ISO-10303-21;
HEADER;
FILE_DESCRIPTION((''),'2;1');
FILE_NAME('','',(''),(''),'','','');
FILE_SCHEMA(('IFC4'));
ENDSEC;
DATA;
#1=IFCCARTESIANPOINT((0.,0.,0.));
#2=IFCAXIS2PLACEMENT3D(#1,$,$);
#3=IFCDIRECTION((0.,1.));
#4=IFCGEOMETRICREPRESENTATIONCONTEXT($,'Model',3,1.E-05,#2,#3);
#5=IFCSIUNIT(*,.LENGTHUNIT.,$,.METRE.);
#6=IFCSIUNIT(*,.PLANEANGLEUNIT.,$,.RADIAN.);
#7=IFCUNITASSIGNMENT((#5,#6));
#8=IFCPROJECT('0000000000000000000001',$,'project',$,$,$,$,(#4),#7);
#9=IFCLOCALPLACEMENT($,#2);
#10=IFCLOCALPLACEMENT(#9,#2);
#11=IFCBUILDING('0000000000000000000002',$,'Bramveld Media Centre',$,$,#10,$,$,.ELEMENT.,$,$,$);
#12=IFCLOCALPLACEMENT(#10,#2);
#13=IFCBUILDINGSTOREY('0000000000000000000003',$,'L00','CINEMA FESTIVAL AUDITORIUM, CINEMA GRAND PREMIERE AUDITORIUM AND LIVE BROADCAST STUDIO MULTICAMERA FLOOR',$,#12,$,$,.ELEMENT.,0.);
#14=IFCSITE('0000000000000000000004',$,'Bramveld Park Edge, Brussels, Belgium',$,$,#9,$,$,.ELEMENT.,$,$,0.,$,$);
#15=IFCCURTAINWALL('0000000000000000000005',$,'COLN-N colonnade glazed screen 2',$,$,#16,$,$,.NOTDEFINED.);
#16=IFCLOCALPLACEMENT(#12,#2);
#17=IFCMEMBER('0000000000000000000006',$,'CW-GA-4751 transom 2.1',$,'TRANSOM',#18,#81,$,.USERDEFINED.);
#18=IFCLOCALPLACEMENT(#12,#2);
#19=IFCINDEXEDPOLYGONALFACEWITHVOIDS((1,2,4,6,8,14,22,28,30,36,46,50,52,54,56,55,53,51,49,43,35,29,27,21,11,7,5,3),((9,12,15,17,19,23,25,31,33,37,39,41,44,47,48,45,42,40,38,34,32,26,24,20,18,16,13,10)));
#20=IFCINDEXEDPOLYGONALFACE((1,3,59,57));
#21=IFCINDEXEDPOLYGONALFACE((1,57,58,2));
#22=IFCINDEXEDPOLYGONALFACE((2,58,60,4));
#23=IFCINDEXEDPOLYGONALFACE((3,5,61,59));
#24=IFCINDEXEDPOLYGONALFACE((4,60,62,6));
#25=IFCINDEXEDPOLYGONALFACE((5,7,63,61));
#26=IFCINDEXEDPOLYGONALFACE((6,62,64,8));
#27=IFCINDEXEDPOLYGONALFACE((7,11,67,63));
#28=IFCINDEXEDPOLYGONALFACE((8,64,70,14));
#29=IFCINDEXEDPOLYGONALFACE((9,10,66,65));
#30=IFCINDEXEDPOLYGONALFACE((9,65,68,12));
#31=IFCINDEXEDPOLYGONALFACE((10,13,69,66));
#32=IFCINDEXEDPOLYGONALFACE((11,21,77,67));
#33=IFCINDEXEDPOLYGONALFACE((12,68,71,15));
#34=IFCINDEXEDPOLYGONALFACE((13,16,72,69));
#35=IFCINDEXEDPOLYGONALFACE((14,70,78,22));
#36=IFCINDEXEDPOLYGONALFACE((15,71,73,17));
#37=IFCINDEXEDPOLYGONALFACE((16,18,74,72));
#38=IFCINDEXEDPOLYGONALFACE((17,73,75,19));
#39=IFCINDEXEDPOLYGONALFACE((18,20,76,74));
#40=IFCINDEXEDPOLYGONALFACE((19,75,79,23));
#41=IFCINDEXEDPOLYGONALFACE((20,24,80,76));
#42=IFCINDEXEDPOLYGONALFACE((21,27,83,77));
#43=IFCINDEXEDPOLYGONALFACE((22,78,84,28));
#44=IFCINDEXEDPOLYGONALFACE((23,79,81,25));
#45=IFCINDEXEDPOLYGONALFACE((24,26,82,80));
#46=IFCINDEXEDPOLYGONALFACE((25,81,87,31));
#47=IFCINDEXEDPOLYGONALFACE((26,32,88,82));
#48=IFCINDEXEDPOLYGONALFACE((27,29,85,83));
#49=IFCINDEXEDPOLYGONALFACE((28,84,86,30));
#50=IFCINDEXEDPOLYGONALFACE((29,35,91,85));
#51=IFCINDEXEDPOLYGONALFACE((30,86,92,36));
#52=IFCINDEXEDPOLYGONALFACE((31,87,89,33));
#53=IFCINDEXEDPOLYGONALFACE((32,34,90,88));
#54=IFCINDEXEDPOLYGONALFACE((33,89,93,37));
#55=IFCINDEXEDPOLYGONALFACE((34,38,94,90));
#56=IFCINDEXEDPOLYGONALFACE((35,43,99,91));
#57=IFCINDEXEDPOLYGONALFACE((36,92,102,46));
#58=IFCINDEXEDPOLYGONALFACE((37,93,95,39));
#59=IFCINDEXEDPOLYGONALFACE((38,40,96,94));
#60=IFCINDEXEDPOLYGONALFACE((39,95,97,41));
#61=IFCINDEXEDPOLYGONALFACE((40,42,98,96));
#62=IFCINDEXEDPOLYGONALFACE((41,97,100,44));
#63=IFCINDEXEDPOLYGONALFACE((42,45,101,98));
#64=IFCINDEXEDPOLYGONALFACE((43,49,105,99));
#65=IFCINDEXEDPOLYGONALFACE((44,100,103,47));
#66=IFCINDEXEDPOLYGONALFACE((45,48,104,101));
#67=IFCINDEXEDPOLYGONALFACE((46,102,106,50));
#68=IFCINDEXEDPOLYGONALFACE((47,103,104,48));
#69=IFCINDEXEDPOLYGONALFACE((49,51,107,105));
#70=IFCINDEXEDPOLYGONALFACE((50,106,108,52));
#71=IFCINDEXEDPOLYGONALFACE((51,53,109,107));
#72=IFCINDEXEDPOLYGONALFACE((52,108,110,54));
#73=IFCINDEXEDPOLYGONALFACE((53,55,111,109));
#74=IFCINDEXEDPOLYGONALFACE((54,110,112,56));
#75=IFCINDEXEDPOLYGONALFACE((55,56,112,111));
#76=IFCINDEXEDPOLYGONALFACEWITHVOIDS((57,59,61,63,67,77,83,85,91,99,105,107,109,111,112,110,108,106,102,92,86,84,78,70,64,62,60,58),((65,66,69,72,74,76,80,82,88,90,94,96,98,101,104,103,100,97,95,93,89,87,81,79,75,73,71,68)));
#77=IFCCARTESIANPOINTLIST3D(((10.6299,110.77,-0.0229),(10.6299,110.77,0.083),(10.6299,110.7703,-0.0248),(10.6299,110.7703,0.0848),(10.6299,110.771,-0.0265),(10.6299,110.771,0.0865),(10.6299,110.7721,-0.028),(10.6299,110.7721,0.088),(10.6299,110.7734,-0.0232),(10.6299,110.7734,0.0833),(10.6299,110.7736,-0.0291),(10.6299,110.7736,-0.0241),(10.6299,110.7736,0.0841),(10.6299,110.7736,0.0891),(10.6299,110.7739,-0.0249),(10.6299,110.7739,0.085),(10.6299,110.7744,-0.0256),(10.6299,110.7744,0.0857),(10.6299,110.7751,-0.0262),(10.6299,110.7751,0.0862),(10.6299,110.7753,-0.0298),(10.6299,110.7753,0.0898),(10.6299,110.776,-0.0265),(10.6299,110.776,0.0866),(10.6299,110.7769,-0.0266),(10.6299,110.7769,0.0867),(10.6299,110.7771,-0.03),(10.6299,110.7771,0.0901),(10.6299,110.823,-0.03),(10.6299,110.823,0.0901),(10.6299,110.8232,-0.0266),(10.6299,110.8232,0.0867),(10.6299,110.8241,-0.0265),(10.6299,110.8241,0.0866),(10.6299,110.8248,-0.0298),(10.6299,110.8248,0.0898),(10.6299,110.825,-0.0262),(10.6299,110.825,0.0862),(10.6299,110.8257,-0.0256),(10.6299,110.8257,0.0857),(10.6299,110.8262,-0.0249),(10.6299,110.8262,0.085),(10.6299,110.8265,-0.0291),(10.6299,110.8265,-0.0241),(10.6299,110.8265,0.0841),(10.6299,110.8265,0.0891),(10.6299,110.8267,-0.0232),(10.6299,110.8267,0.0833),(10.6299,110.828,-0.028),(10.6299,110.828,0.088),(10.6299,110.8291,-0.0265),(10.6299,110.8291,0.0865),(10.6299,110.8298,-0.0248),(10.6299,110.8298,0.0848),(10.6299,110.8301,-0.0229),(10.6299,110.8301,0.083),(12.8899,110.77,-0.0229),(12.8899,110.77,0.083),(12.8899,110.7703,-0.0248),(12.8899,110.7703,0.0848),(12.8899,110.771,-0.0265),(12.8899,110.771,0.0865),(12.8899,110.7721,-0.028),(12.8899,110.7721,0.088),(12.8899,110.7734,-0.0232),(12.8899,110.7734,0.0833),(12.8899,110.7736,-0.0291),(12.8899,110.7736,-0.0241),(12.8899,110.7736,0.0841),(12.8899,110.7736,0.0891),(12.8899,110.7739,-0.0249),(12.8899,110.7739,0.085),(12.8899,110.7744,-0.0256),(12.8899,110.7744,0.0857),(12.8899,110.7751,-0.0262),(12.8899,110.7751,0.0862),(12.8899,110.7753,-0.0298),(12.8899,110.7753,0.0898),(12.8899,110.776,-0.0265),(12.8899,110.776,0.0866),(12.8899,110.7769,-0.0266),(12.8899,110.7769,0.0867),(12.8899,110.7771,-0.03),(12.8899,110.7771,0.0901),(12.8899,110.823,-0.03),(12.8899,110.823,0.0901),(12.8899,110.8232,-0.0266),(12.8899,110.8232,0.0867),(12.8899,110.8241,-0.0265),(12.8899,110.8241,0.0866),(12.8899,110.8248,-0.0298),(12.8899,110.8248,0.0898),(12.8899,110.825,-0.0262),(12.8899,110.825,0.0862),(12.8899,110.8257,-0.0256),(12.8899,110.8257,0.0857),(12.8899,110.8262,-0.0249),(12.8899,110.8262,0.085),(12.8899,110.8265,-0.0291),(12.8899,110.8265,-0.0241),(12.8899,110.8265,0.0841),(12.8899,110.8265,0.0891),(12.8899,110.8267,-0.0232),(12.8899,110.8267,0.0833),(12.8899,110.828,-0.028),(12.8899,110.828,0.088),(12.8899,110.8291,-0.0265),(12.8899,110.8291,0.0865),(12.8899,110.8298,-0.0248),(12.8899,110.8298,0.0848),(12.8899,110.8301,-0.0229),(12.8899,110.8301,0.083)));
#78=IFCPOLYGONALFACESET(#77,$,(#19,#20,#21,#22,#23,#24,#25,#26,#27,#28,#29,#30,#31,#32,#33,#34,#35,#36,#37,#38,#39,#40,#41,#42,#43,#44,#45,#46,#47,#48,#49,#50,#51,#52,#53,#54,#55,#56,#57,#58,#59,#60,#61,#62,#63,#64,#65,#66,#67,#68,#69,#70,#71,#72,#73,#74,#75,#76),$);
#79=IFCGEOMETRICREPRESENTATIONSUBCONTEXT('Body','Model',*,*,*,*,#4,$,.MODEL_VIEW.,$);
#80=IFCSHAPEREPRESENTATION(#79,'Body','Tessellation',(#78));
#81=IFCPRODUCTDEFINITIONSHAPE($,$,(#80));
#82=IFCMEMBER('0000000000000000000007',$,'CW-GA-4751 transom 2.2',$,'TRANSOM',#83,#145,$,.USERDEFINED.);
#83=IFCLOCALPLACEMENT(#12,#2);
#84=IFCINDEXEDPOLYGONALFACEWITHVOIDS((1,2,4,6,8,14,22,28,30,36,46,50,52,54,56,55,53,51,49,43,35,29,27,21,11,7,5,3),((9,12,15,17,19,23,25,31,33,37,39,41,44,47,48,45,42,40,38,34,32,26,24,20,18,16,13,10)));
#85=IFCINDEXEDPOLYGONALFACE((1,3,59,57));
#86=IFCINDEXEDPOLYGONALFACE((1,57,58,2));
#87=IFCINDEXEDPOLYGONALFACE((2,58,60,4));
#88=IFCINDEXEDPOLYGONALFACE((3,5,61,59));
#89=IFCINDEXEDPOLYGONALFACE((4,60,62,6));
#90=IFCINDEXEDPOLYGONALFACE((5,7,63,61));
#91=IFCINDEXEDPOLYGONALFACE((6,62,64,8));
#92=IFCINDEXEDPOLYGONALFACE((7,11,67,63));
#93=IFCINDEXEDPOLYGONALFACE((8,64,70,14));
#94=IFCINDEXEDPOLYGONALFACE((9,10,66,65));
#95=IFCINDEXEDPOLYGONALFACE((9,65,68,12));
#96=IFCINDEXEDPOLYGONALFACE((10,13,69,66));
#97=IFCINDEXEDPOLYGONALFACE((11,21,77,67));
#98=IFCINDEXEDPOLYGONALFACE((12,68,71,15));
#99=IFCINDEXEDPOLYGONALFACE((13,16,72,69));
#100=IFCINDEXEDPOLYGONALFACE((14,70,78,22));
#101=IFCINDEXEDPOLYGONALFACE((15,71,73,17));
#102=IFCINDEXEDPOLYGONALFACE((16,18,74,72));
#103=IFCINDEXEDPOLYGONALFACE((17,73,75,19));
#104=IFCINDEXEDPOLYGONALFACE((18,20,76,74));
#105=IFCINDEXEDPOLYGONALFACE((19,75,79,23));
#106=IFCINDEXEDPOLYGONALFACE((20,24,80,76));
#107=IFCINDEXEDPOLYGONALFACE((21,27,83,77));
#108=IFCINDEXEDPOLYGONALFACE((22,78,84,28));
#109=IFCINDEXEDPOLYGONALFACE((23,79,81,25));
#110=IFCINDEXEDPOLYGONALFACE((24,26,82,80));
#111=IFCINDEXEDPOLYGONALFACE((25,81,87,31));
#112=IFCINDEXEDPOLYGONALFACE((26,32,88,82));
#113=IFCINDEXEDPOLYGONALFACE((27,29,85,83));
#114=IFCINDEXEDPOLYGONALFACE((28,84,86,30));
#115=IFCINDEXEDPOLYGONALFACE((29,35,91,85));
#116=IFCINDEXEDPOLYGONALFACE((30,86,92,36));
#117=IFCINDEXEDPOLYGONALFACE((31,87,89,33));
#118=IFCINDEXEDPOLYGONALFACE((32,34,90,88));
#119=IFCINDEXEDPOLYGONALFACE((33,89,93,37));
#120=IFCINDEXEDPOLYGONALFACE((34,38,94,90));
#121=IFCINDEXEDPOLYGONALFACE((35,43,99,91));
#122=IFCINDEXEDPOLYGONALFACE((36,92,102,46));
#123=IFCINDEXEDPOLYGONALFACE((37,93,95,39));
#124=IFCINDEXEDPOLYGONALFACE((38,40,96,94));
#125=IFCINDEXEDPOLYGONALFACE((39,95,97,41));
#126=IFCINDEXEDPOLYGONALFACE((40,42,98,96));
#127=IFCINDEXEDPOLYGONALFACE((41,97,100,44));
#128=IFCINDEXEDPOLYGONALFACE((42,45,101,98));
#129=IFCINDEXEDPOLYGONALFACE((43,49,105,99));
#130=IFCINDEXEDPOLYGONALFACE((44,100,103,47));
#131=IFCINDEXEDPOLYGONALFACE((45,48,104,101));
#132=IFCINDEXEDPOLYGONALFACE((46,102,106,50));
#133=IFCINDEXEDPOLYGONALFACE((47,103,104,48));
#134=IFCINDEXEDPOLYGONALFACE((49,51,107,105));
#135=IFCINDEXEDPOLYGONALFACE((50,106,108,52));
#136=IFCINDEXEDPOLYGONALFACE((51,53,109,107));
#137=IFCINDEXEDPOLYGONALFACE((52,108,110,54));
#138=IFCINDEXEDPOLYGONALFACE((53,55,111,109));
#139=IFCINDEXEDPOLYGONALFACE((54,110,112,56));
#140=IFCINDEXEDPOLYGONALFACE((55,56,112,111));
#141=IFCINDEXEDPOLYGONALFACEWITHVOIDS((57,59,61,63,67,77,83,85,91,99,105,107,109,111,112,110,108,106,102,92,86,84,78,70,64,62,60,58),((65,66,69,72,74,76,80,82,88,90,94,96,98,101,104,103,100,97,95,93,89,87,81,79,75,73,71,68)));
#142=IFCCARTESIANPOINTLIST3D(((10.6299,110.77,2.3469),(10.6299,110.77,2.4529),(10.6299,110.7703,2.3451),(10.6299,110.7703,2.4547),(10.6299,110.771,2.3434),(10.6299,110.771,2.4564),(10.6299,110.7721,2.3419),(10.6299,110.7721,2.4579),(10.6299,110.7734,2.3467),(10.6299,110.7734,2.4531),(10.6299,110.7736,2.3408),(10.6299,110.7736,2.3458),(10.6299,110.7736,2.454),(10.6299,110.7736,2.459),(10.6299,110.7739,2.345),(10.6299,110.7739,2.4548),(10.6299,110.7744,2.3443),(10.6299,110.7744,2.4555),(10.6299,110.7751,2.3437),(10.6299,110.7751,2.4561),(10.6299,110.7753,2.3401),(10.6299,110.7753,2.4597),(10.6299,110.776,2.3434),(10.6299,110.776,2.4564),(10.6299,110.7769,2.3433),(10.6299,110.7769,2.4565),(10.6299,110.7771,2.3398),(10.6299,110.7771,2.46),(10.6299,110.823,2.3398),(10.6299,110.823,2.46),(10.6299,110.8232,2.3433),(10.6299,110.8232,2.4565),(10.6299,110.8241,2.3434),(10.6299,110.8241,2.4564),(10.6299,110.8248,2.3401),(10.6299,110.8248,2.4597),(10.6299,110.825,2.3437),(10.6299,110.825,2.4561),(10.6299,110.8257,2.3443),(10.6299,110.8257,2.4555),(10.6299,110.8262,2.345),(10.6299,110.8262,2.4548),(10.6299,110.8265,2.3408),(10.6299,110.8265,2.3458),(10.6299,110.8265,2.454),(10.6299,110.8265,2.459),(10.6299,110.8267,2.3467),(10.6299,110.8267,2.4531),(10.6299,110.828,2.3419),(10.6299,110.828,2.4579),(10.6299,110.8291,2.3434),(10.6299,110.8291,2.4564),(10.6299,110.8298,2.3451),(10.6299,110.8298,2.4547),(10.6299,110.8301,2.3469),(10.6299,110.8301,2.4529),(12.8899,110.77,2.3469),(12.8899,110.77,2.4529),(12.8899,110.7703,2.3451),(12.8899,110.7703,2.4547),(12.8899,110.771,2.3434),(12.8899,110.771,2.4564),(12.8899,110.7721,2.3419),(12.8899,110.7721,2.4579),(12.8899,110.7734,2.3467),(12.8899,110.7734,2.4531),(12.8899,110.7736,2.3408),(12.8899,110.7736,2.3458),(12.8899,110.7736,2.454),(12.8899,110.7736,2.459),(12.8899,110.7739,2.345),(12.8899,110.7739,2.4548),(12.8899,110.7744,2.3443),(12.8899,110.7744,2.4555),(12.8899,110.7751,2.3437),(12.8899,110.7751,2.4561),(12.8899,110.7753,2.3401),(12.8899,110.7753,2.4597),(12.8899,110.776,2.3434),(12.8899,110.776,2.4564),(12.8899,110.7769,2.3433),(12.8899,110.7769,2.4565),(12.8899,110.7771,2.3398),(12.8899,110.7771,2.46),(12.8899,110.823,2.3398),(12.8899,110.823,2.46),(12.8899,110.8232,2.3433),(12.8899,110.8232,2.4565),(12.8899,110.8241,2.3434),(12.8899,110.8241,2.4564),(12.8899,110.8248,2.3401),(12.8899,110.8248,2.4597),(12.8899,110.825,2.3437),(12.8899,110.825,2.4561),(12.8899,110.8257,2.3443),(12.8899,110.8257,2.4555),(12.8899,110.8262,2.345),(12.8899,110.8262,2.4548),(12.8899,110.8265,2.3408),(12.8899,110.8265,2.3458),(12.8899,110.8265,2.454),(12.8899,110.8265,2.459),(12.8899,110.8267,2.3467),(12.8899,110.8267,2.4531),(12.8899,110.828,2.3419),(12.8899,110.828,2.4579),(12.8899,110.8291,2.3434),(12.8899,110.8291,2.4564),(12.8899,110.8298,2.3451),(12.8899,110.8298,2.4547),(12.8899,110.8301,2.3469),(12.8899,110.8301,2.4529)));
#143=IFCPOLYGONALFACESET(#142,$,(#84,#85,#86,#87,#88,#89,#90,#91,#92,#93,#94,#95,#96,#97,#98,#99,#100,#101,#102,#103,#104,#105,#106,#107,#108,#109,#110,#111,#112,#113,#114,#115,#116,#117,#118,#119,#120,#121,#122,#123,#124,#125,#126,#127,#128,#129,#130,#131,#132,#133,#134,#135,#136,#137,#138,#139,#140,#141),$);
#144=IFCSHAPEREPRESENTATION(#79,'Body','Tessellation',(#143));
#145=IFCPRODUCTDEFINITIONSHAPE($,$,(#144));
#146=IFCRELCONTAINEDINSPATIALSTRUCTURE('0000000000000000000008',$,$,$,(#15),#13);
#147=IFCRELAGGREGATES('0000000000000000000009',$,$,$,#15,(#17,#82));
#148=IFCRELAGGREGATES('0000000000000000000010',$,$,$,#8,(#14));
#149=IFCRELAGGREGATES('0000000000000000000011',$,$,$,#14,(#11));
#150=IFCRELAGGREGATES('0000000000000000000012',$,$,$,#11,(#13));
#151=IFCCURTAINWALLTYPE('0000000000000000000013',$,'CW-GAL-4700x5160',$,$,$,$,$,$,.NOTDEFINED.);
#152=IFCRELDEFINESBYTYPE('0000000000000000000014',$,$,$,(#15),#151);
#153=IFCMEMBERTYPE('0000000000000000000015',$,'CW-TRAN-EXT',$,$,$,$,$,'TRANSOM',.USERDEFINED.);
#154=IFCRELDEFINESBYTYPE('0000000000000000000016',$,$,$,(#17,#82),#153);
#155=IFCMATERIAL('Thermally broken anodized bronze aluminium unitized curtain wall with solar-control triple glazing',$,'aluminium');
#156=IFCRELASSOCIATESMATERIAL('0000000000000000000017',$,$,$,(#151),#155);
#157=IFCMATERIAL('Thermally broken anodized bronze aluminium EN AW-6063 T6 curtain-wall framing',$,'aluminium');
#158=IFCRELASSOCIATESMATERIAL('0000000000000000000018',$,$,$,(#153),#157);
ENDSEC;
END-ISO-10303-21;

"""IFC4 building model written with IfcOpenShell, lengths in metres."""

from ifc_helpers import new_model, si_unit, direction, frame, origin, origin_2d, place, context, subcontext, project, spatial, hollow_rectangle, extrude, material, material_profile, profile_set, type_object, element, aggregate, save


model = new_model("IFC4")

# Units and contexts
model_context = context("Model", 3, precision=1e-05, world=origin(), true_north=direction((0.0, 1.0)))
body_context = subcontext(model_context, "Body", "Model", "MODEL_VIEW")
ifc_project = project(units=[si_unit("LENGTHUNIT", "METRE"), si_unit("PLANEANGLEUNIT", "RADIAN")], contexts=[model_context])

# Site, building, storey
site_placement = place(None, origin())
site = spatial("IfcSite", under=ifc_project, at=site_placement, Name="Bramveld Park Edge, Brussels, Belgium", CompositionType="ELEMENT", RefElevation=0.0)
building_placement = place(site_placement, origin())
building = spatial("IfcBuilding", under=site, at=building_placement, Name="Bramveld Media Centre", CompositionType="ELEMENT")
storey_placement = place(building_placement, origin())
storey = spatial("IfcBuildingStorey", under=building, at=storey_placement, Name="L00", Description="CINEMA FESTIVAL AUDITORIUM, CINEMA GRAND PREMIERE AUDITORIUM AND LIVE BROADCAST STUDIO MULTICAMERA FLOOR", CompositionType="ELEMENT", Elevation=0.0)

# Curtain wall
ifc_material_1 = material(Name="Thermally broken anodized bronze aluminium unitized curtain wall with solar-control triple glazing", Category="aluminium")
curtain_wall_type_1 = type_object("IfcCurtainWallType", Name="CW-GAL-4700x5160", PredefinedType="NOTDEFINED", material=ifc_material_1)
curtain_wall_1_placement = place(storey_placement, origin())
curtain_wall_1 = element("IfcCurtainWall", 1, at=curtain_wall_1_placement, inside=storey, type_object=curtain_wall_type_1, Name="COLN-N colonnade glazed screen 2", PredefinedType="NOTDEFINED")

# Members
ifc_material_2 = material(Name="Thermally broken anodized bronze aluminium EN AW-6063 T6 curtain-wall framing", Category="aluminium")
ifc_material_profile_1 = material_profile(ifc_material_2, hollow_rectangle(XDim=0.0601, YDim=0.1201, WallThickness=0.0034, InnerFilletRadius=0.0034, OuterFilletRadius=0.0071, at=origin_2d()), Name="AL-TRAN 60x120")
ifc_profile_set_1 = profile_set([ifc_material_profile_1], Name="Thermally broken anodized bronze aluminium EN AW-6063 T6 curtain-wall framing")
member_type_1 = type_object("IfcMemberType", Name="CW-TRAN-EXT", ElementType="TRANSOM", PredefinedType="USERDEFINED", material=ifc_profile_set_1)
member_1_placement = place(storey_placement, frame((10.6299, 110.8, 0.03), z_axis=(1.0, 0.0, 0.0), x_axis=(0.0, 1.0, 0.0)))
member_1 = element("IfcMember", 2, at=member_1_placement, type_object=member_type_1, Name="CW-GA-4751 transom 2.1", ObjectType="TRANSOM", PredefinedType="USERDEFINED", context=body_context, shape_type="SweptSolid", body=[
    extrude(hollow_rectangle(XDim=0.0601, YDim=0.1201, WallThickness=0.0034, InnerFilletRadius=0.0034, OuterFilletRadius=0.0071, at=origin_2d()), origin(), (0.0, 0.0, 1.0), 2.26),
])
member_2_placement = place(storey_placement, frame((10.6299, 110.8, 2.3999), z_axis=(1.0, 0.0, 0.0), x_axis=(0.0, 1.0, 0.0)))
member_2 = element("IfcMember", 3, at=member_2_placement, type_object=member_type_1, Name="CW-GA-4751 transom 2.2", ObjectType="TRANSOM", PredefinedType="USERDEFINED", context=body_context, shape_type="SweptSolid", body=[
    extrude(hollow_rectangle(XDim=0.0601, YDim=0.1201, WallThickness=0.0034, InnerFilletRadius=0.0034, OuterFilletRadius=0.0071, at=origin_2d()), origin(), (0.0, 0.0, 1.0), 2.26),
])

aggregate(curtain_wall_1, [member_1, member_2])

save(model, "model.ifc")
